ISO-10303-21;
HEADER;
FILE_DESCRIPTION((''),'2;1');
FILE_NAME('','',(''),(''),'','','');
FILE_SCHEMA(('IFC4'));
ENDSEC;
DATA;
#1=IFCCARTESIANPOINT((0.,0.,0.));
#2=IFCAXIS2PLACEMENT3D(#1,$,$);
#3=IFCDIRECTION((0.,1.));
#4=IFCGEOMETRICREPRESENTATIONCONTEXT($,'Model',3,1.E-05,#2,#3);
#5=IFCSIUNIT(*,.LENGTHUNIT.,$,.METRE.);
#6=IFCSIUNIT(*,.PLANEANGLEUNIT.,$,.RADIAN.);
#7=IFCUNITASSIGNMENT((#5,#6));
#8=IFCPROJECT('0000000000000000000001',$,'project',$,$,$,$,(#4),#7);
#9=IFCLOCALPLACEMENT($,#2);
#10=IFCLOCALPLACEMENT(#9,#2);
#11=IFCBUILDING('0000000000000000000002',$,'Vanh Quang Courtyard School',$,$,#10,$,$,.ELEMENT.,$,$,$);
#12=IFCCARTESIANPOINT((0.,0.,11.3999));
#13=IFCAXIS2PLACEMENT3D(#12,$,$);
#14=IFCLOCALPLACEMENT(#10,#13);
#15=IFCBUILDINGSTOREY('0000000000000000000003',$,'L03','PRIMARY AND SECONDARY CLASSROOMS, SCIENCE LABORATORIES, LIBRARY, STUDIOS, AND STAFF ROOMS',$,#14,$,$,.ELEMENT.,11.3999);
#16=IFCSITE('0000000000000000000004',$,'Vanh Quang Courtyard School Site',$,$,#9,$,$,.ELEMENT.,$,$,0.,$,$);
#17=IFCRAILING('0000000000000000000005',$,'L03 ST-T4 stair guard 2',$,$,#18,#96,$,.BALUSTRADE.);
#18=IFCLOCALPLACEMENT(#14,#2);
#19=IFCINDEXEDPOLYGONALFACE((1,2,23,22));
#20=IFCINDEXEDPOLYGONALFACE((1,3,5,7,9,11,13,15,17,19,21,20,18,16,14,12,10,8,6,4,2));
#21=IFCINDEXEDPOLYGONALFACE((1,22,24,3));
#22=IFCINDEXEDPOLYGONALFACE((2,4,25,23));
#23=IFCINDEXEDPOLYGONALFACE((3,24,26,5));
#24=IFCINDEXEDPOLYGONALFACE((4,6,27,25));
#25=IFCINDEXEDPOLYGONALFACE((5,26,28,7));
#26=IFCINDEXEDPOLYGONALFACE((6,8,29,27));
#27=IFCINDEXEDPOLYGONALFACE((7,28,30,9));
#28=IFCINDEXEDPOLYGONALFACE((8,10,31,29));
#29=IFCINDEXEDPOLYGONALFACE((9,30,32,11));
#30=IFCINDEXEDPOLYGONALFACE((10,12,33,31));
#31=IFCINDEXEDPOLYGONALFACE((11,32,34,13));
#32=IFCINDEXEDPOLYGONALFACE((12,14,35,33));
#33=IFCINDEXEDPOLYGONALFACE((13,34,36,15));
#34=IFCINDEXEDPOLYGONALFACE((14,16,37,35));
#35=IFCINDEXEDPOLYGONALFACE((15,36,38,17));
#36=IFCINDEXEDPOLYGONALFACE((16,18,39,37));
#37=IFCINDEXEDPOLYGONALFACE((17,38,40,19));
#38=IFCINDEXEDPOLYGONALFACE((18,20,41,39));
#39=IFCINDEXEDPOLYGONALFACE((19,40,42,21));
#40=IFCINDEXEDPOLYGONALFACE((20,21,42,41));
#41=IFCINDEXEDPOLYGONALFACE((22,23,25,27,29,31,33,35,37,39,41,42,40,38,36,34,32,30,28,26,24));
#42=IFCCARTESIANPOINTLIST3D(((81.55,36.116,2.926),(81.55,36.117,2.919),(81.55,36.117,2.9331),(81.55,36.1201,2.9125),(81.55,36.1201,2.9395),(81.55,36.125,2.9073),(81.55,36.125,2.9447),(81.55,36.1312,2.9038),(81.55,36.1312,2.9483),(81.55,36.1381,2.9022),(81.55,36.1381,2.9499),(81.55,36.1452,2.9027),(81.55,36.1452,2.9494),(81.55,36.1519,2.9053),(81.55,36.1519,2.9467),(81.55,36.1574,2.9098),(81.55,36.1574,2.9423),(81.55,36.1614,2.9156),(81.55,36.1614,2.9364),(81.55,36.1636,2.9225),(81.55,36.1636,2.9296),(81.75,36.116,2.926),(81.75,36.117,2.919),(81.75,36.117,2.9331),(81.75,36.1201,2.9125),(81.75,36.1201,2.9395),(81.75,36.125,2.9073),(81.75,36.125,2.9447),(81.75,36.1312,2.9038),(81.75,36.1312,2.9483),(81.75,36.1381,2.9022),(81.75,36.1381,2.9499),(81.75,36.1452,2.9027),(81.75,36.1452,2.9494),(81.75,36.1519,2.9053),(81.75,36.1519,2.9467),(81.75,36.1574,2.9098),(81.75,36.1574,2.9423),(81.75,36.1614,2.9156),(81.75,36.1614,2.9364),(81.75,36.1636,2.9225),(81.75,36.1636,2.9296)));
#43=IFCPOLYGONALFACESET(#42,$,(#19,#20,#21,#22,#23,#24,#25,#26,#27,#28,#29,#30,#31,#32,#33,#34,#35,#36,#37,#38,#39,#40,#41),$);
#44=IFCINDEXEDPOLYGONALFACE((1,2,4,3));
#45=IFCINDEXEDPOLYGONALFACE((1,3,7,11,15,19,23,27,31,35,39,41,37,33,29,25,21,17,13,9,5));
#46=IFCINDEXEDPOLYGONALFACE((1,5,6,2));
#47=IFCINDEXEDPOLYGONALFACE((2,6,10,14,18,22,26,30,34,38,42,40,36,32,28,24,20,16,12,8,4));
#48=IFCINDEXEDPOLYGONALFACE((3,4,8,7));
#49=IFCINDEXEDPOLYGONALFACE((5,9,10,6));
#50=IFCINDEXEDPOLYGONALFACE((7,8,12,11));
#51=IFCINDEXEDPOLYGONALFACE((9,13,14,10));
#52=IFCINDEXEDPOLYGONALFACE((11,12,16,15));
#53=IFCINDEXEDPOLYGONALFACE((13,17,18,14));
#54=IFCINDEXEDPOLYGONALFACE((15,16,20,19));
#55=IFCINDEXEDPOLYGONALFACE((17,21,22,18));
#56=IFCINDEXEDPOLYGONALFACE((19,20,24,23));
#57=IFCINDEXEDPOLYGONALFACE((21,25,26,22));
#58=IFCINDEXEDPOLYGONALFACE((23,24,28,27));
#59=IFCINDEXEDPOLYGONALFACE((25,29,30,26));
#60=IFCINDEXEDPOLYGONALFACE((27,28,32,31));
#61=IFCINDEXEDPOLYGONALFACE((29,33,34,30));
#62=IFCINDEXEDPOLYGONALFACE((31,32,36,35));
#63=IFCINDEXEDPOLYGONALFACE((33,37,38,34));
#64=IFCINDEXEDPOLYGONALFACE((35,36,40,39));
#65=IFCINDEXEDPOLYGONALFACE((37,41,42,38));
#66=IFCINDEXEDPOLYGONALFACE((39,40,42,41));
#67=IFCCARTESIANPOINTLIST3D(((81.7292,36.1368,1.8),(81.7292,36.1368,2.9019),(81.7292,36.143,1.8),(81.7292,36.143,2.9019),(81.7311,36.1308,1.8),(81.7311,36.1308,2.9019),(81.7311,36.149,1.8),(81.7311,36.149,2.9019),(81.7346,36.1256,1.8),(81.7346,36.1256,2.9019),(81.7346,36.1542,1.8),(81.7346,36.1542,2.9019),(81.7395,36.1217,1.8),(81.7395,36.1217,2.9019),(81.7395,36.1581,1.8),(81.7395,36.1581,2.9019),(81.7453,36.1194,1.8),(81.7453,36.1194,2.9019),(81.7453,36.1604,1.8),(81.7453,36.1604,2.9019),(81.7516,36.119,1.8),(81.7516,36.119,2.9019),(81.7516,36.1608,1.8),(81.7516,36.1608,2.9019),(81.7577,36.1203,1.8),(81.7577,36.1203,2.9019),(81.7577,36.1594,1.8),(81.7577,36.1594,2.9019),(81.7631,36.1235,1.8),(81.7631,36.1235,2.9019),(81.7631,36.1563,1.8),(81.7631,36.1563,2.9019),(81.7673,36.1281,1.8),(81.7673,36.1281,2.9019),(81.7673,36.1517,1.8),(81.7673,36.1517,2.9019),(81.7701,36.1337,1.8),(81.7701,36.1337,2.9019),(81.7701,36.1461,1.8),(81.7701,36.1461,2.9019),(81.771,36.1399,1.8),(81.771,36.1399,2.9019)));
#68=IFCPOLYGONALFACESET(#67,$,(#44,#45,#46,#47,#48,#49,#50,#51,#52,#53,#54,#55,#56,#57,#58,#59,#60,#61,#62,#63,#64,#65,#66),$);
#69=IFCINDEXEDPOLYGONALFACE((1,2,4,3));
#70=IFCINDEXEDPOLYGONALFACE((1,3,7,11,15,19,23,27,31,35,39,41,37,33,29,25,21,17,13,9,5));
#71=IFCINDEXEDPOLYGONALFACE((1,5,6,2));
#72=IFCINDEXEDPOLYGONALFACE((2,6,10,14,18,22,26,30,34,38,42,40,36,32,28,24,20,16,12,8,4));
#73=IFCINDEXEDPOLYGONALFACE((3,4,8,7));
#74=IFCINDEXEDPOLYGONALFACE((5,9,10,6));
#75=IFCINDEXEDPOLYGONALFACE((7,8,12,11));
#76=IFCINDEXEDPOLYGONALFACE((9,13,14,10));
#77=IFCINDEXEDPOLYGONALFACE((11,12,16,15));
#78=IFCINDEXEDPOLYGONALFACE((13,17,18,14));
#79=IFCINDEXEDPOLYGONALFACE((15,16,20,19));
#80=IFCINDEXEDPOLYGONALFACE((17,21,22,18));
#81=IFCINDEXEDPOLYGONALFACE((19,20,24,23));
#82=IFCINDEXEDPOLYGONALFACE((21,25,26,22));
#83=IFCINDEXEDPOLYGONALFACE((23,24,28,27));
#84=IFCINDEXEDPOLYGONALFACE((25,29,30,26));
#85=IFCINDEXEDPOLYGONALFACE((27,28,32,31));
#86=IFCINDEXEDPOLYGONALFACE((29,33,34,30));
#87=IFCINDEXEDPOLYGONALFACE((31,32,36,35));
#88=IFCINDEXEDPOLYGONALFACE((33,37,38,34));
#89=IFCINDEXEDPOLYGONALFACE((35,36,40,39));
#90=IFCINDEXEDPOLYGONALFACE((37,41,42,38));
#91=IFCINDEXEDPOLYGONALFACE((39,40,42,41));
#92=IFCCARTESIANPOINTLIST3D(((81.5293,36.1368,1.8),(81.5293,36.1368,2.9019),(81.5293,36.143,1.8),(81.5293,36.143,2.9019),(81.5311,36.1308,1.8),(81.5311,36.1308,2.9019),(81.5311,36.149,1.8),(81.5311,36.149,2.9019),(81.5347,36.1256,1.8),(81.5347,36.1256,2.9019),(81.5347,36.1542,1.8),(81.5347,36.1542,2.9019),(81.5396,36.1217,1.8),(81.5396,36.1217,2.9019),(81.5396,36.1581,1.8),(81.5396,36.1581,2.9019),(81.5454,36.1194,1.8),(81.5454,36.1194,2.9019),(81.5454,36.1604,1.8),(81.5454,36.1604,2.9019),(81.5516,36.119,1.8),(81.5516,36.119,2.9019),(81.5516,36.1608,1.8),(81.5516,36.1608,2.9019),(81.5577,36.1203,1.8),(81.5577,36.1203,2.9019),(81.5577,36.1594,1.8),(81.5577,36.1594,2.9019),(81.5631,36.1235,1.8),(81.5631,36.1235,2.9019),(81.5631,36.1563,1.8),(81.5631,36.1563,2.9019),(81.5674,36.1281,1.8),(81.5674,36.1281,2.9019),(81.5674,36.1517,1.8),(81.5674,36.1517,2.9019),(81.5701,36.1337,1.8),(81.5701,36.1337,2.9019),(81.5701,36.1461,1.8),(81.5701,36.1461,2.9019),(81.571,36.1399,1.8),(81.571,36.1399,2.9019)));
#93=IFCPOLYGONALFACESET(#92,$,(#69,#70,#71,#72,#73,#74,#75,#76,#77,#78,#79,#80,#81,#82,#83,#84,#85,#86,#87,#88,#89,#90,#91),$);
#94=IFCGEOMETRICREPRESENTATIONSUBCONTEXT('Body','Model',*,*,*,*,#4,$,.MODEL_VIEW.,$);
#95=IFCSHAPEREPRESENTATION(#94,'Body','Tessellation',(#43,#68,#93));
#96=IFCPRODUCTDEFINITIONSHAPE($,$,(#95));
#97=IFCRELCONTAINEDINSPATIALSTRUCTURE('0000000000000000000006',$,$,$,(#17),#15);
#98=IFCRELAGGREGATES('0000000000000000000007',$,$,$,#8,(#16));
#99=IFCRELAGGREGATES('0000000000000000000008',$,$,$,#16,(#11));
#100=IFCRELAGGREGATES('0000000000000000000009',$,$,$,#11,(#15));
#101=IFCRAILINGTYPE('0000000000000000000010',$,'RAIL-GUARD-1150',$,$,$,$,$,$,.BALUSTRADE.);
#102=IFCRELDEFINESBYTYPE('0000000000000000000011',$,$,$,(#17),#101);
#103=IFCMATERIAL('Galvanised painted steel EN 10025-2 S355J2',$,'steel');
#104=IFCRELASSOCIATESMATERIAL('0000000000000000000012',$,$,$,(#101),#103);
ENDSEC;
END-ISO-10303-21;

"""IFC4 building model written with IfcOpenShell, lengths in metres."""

from ifc_helpers import new_model, si_unit, direction, frame, origin, origin_2d, place, context, subcontext, project, spatial, circle, extrude, material, type_object, element, save


model = new_model("IFC4")

# Units and contexts
model_context = context("Model", 3, precision=1e-05, world=origin(), true_north=direction((0.0, 1.0)))
body_context = subcontext(model_context, "Body", "Model", "MODEL_VIEW")
ifc_project = project(units=[si_unit("LENGTHUNIT", "METRE"), si_unit("PLANEANGLEUNIT", "RADIAN")], contexts=[model_context])

# Site, building, storey
site_placement = place(None, origin())
site = spatial("IfcSite", under=ifc_project, at=site_placement, Name="Vanh Quang Courtyard School Site", CompositionType="ELEMENT", RefElevation=0.0)
building_placement = place(site_placement, origin())
building = spatial("IfcBuilding", under=site, at=building_placement, Name="Vanh Quang Courtyard School", CompositionType="ELEMENT")
storey_placement = place(building_placement, frame((0.0, 0.0, 11.3999)))
storey = spatial("IfcBuildingStorey", under=building, at=storey_placement, Name="L03", Description="PRIMARY AND SECONDARY CLASSROOMS, SCIENCE LABORATORIES, LIBRARY, STUDIOS, AND STAFF ROOMS", CompositionType="ELEMENT", Elevation=11.3999)

# Railing
ifc_material_1 = material(Name="Galvanised painted steel EN 10025-2 S355J2", Category="steel")
railing_type_1 = type_object("IfcRailingType", Name="RAIL-GUARD-1150", PredefinedType="BALUSTRADE", material=ifc_material_1)
railing_1_placement = place(storey_placement, frame((81.75, 36.1399, 1.8)))
element("IfcRailing", 1, at=railing_1_placement, inside=storey, type_object=railing_type_1, Name="L03 ST-T4 stair guard 2", PredefinedType="BALUSTRADE", context=body_context, shape_type="SweptSolid", body=[
    extrude(circle(Radius=0.0239, at=origin_2d()), frame((0.0, 0.0, 1.126), z_axis=(-1.0, 0.0, 0.0), x_axis=(0.0, -1.0, 0.0)), (0.0, 0.0, 1.0), 0.2),
    extrude(circle(Radius=0.021, at=origin_2d()), origin(), (0.0, 0.0, 1.0), 1.1018),
    extrude(circle(Radius=0.021, at=origin_2d()), frame((-0.2, 0.0, 0.0)), (0.0, 0.0, 1.0), 1.1018),
])

save(model, "model.ifc")
